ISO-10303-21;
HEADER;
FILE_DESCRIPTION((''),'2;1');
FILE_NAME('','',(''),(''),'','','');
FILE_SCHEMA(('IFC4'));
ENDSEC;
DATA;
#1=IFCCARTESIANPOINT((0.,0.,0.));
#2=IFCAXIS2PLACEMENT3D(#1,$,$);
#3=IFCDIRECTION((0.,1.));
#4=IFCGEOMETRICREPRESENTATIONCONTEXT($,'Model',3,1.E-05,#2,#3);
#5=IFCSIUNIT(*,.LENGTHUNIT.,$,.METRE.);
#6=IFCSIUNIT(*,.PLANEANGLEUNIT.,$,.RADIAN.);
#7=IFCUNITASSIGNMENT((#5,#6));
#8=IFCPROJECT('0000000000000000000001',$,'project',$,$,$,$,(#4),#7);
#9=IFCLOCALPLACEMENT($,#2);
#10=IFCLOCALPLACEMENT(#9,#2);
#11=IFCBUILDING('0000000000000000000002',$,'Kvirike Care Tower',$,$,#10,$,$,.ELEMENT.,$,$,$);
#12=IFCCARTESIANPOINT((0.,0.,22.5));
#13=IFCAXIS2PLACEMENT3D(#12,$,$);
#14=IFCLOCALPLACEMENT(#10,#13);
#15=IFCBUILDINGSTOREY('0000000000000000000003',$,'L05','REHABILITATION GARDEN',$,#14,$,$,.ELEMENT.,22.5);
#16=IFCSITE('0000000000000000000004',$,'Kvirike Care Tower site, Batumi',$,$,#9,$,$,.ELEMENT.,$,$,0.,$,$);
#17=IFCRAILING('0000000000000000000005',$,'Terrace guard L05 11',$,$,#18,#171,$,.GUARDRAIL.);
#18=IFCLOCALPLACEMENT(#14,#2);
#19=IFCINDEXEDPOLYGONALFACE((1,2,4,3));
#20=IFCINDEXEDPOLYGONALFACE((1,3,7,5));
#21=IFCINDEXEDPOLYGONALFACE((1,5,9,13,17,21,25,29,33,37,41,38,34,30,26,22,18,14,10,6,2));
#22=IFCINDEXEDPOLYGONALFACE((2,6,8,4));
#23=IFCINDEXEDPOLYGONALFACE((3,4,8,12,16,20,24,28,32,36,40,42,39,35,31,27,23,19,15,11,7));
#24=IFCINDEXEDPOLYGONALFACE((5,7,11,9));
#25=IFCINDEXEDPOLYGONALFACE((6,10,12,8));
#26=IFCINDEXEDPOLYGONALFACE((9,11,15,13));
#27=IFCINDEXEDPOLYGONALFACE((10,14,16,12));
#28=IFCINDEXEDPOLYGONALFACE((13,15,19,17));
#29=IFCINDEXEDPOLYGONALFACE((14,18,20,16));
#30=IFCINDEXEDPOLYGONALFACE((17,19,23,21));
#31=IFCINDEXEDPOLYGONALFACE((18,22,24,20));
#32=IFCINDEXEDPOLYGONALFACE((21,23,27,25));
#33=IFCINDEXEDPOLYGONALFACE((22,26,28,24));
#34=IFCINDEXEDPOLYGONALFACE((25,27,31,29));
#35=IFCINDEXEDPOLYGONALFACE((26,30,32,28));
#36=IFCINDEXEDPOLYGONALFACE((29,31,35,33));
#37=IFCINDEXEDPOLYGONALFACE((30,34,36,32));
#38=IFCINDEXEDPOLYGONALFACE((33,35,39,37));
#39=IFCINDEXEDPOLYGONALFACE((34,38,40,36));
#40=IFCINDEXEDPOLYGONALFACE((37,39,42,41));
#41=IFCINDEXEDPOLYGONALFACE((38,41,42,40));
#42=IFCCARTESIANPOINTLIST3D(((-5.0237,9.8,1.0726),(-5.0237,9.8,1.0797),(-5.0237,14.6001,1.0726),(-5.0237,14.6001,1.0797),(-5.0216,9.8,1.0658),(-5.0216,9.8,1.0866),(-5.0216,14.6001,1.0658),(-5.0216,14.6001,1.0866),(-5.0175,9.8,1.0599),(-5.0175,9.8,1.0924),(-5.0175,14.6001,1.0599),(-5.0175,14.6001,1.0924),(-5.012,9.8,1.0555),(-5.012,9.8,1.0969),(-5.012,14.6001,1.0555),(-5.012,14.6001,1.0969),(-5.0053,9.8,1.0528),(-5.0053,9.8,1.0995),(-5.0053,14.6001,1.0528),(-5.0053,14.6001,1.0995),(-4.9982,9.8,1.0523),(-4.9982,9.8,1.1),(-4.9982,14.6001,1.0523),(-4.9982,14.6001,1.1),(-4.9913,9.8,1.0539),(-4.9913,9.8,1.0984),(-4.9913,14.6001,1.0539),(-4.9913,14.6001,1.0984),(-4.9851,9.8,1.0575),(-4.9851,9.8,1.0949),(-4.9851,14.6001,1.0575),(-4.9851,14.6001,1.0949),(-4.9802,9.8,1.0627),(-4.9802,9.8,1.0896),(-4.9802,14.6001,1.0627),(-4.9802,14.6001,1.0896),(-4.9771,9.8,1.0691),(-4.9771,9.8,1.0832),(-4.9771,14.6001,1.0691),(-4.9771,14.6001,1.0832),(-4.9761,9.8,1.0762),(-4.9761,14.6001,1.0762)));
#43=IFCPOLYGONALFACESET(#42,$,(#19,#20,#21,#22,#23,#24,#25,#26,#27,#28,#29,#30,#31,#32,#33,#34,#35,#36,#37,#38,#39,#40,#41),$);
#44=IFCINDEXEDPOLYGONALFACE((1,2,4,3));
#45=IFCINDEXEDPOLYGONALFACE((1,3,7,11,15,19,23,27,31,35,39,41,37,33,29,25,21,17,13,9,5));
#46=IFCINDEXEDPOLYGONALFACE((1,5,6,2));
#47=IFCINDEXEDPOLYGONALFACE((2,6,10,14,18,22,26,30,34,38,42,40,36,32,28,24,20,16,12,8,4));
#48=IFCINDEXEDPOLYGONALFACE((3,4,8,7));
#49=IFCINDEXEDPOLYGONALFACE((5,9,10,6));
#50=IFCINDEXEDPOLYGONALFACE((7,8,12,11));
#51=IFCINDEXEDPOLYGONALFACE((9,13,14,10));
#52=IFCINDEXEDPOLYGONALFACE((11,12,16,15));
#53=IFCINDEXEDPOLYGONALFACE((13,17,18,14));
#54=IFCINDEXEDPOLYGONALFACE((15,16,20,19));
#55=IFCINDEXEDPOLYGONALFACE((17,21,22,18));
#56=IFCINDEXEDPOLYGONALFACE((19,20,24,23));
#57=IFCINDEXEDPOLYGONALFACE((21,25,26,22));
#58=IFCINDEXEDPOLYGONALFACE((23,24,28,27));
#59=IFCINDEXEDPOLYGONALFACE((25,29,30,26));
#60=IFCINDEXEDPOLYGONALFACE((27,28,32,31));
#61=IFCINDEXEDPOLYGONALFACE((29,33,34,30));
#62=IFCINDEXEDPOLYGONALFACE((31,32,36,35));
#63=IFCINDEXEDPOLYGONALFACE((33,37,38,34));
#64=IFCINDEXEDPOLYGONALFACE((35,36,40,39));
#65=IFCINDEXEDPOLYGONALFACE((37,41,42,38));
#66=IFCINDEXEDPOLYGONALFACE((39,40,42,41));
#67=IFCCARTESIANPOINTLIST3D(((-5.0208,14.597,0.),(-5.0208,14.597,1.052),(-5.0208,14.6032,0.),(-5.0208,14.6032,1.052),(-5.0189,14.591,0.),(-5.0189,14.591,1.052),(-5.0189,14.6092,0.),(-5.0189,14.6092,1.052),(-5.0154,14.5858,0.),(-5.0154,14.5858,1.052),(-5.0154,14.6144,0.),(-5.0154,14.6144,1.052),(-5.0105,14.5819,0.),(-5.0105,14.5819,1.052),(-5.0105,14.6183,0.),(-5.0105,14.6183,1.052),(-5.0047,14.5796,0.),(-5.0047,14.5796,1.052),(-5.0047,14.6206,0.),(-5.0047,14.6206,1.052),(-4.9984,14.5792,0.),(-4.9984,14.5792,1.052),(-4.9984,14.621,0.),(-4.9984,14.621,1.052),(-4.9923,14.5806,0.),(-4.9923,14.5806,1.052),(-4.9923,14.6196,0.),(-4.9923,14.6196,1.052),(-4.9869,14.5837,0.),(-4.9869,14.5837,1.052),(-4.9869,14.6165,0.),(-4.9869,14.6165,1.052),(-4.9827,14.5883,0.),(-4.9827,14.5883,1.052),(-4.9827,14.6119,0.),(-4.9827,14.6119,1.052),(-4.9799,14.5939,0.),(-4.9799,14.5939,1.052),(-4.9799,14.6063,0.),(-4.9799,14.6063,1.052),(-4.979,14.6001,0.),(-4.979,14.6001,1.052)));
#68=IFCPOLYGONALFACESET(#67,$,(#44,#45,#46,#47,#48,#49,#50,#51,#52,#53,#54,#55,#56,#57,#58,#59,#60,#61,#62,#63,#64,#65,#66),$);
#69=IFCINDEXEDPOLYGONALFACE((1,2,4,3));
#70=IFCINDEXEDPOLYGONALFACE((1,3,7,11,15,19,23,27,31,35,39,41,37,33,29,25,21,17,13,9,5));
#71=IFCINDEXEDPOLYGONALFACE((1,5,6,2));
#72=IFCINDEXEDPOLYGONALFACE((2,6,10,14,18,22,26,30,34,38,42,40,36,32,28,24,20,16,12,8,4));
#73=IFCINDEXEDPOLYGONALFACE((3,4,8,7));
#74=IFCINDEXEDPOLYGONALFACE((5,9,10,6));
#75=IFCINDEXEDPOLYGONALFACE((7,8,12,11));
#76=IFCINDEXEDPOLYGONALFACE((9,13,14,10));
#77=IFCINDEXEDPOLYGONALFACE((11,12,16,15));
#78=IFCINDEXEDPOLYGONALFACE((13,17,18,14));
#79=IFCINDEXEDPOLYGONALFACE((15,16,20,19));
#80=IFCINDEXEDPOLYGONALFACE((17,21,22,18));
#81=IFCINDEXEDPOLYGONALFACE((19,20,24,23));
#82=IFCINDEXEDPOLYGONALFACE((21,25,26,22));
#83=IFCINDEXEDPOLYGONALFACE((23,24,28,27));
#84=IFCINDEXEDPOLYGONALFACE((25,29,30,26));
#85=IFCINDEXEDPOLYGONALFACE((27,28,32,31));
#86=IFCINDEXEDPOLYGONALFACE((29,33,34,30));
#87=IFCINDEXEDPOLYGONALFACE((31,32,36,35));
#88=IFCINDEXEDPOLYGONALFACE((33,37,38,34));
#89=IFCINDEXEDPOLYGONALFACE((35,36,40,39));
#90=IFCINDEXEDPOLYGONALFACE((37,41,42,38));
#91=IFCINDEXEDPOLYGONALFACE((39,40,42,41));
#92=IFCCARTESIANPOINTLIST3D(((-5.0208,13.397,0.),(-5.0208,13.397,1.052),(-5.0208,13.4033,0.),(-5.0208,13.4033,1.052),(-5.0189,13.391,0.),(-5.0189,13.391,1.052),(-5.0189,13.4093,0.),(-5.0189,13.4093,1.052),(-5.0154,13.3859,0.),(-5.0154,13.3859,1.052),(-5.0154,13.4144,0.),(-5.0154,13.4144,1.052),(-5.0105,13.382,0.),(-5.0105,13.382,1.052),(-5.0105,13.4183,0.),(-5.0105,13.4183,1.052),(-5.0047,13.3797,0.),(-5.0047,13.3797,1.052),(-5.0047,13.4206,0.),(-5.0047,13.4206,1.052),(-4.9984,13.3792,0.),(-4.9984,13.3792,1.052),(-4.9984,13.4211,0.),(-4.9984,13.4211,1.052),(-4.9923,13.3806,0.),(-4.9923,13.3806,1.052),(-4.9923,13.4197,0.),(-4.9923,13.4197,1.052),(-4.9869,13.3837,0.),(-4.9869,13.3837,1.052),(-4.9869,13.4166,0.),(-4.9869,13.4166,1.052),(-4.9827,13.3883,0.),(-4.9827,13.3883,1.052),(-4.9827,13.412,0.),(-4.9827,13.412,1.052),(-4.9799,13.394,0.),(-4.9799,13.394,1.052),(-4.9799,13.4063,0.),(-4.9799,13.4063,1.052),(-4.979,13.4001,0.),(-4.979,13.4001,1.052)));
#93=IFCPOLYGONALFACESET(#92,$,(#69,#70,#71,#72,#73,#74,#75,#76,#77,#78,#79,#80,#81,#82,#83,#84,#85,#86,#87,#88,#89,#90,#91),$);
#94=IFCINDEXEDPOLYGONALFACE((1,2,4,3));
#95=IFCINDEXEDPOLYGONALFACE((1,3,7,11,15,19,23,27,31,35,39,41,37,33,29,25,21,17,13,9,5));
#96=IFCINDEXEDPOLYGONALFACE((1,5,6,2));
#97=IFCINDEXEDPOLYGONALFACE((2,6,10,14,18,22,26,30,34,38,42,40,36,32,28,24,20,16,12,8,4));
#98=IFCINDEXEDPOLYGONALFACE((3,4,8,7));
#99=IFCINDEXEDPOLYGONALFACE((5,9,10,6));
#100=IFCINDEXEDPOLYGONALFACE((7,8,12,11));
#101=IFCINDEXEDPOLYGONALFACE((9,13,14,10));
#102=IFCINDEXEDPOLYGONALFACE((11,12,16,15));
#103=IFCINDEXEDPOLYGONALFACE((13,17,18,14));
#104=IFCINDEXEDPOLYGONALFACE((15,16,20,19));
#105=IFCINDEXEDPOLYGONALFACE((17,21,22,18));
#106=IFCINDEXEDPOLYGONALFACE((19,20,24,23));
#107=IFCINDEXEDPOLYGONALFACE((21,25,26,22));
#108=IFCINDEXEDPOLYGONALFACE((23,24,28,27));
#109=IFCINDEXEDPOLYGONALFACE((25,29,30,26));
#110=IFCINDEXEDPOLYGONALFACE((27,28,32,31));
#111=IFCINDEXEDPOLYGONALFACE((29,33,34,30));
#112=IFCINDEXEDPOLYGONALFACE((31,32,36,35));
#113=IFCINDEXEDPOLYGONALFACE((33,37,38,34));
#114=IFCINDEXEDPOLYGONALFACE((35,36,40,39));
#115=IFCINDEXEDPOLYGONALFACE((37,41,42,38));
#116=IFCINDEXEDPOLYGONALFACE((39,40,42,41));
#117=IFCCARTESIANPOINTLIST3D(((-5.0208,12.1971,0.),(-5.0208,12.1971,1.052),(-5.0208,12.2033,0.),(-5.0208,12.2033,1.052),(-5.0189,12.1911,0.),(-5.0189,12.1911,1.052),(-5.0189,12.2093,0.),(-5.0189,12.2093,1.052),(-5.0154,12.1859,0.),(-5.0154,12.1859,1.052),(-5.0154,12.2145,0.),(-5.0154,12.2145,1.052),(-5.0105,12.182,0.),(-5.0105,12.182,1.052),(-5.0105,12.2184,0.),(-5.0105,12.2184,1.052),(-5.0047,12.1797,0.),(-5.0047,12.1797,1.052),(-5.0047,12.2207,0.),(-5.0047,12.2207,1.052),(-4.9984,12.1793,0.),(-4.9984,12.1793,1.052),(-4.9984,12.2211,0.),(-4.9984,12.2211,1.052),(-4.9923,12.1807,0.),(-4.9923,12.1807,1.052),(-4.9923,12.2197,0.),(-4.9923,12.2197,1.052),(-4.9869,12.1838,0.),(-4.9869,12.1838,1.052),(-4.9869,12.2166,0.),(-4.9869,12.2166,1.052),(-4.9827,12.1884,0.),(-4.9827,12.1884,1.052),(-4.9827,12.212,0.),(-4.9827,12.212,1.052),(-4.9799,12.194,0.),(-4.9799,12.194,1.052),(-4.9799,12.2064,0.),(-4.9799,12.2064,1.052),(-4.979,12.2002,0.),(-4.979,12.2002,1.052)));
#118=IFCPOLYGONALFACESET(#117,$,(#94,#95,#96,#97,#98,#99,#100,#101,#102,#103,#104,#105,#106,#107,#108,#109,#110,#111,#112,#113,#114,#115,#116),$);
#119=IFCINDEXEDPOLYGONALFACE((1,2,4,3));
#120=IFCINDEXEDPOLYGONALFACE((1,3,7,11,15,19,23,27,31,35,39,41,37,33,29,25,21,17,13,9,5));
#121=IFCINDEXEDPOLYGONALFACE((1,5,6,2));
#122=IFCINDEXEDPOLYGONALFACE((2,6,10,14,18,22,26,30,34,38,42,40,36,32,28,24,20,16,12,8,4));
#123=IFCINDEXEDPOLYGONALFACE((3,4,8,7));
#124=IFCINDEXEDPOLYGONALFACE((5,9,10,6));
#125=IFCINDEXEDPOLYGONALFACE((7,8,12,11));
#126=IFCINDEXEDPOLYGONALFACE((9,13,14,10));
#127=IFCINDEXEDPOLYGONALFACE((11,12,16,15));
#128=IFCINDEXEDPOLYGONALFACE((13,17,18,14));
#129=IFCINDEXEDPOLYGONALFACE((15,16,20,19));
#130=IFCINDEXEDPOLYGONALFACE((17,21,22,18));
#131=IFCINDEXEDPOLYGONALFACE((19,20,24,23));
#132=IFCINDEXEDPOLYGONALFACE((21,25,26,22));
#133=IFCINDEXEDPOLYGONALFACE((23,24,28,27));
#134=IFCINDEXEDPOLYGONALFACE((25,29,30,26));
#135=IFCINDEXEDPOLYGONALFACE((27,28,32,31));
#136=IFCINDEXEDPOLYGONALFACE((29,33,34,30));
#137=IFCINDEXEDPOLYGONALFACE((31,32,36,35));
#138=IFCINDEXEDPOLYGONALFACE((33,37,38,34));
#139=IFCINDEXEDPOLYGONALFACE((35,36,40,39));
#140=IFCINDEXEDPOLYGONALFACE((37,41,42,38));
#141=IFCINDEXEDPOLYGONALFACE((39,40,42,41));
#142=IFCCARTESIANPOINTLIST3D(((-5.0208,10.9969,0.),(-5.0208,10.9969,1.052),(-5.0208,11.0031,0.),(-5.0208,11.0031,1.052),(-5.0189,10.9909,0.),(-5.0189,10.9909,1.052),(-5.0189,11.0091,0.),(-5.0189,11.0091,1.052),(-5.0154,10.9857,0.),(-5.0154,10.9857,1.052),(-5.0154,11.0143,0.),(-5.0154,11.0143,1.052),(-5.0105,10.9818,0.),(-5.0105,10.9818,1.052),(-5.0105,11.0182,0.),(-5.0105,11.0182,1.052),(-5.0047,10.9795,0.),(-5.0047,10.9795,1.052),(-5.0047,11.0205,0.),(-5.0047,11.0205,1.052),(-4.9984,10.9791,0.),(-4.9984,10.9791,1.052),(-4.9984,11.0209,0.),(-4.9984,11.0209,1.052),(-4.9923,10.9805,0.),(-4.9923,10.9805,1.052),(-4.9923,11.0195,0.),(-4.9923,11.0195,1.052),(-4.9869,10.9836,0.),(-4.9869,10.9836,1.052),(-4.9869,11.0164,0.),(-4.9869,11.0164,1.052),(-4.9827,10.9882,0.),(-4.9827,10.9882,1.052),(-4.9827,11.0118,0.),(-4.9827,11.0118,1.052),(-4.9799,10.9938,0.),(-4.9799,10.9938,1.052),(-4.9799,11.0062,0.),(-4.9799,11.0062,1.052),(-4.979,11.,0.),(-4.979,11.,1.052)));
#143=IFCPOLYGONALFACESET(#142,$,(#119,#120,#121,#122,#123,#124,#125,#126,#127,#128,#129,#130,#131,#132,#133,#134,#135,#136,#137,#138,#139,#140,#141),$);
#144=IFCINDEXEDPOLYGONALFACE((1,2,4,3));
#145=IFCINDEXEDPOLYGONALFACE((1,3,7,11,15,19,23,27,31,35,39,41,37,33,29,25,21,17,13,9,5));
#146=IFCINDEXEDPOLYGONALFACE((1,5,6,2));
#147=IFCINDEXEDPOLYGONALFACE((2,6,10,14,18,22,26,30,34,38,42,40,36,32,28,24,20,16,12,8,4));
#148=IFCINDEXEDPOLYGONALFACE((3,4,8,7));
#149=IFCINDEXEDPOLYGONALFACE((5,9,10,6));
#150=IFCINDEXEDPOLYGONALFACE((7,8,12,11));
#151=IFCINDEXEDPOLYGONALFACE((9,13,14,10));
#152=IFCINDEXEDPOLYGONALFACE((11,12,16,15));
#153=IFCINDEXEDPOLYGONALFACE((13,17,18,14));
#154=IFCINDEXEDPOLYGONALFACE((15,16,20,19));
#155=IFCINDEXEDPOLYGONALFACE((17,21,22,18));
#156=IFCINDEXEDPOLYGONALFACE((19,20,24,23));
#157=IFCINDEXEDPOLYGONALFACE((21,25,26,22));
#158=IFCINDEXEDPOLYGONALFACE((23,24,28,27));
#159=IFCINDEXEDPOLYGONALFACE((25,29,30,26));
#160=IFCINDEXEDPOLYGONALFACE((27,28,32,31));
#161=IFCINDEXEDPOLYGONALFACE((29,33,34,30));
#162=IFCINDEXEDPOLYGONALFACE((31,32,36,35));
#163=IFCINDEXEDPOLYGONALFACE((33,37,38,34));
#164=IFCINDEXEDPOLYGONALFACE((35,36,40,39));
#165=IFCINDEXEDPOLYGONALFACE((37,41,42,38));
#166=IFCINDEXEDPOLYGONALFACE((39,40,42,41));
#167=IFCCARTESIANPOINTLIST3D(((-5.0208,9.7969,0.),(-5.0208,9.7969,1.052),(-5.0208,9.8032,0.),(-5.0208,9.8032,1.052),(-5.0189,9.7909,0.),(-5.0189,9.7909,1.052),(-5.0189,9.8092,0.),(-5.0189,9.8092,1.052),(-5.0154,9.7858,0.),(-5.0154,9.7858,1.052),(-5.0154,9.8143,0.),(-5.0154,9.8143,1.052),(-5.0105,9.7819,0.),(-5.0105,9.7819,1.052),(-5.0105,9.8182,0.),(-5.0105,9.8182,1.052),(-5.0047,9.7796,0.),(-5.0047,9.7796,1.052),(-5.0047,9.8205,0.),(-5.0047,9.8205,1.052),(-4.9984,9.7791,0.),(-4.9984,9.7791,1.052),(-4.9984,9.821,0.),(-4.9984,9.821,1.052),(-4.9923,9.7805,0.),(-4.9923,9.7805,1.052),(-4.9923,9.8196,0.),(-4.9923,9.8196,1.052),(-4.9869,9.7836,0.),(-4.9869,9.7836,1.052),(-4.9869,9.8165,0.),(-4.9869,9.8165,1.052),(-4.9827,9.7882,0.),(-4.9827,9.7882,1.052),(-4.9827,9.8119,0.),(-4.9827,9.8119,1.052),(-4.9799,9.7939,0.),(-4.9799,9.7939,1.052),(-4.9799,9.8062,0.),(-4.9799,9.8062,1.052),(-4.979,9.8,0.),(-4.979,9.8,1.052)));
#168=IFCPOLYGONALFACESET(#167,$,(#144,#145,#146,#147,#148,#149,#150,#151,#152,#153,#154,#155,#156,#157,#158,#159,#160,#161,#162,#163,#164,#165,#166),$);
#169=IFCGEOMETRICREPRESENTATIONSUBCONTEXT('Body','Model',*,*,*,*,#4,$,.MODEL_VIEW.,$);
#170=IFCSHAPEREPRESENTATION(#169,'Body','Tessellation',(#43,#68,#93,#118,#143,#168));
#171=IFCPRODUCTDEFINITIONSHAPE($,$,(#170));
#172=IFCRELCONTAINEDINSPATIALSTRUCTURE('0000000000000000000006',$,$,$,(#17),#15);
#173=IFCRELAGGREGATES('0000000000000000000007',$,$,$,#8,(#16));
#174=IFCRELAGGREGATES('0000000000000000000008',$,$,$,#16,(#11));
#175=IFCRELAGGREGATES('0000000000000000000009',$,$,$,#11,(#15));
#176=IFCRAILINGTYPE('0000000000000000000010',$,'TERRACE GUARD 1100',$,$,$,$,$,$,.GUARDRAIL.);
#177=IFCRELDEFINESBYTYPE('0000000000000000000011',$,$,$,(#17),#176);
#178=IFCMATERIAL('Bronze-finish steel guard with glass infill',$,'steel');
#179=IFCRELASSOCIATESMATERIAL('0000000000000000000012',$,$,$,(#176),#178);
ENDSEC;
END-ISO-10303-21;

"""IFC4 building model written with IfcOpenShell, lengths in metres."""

from ifc_helpers import new_model, si_unit, direction, frame, origin, origin_2d, place, context, subcontext, project, spatial, circle, extrude, material, type_object, element, save


model = new_model("IFC4")

# Units and contexts
model_context = context("Model", 3, precision=1e-05, world=origin(), true_north=direction((0.0, 1.0)))
body_context = subcontext(model_context, "Body", "Model", "MODEL_VIEW")
ifc_project = project(units=[si_unit("LENGTHUNIT", "METRE"), si_unit("PLANEANGLEUNIT", "RADIAN")], contexts=[model_context])

# Site, building, storey
site_placement = place(None, origin())
site = spatial("IfcSite", under=ifc_project, at=site_placement, Name="Kvirike Care Tower site, Batumi", CompositionType="ELEMENT", RefElevation=0.0)
building_placement = place(site_placement, origin())
building = spatial("IfcBuilding", under=site, at=building_placement, Name="Kvirike Care Tower", CompositionType="ELEMENT")
storey_placement = place(building_placement, frame((0.0, 0.0, 22.5)))
storey = spatial("IfcBuildingStorey", under=building, at=storey_placement, Name="L05", Description="REHABILITATION GARDEN", CompositionType="ELEMENT", Elevation=22.5)

# Railing
ifc_material_1 = material(Name="Bronze-finish steel guard with glass infill", Category="steel")
railing_type = type_object("IfcRailingType", Name="TERRACE GUARD 1100", PredefinedType="GUARDRAIL", material=ifc_material_1)
railing_1_placement = place(storey_placement, frame((-5.0, 14.6001, 0.0)))
element("IfcRailing", 1, at=railing_1_placement, inside=storey, type_object=railing_type, Name="Terrace guard L05 11", PredefinedType="GUARDRAIL", context=body_context, shape_type="SweptSolid", body=[
    extrude(circle(Radius=0.0239, at=origin_2d()), frame((0.0, 0.0, 1.0762), z_axis=(0.0, -1.0, 0.0), x_axis=(1.0, 0.0, 0.0)), (0.0, 0.0, 1.0), 4.8),
    extrude(circle(Radius=0.021, at=origin_2d()), origin(), (0.0, 0.0, 1.0), 1.052),
    extrude(circle(Radius=0.021, at=origin_2d()), frame((0.0, -1.2, 0.0)), (0.0, 0.0, 1.0), 1.052),
    extrude(circle(Radius=0.021, at=origin_2d()), frame((0.0, -2.3999, 0.0)), (0.0, 0.0, 1.0), 1.052),
    extrude(circle(Radius=0.021, at=origin_2d()), frame((0.0, -3.6001, 0.0)), (0.0, 0.0, 1.0), 1.052),
    extrude(circle(Radius=0.021, at=origin_2d()), frame((0.0, -4.8, 0.0)), (0.0, 0.0, 1.0), 1.052),
])

save(model, "model.ifc")
